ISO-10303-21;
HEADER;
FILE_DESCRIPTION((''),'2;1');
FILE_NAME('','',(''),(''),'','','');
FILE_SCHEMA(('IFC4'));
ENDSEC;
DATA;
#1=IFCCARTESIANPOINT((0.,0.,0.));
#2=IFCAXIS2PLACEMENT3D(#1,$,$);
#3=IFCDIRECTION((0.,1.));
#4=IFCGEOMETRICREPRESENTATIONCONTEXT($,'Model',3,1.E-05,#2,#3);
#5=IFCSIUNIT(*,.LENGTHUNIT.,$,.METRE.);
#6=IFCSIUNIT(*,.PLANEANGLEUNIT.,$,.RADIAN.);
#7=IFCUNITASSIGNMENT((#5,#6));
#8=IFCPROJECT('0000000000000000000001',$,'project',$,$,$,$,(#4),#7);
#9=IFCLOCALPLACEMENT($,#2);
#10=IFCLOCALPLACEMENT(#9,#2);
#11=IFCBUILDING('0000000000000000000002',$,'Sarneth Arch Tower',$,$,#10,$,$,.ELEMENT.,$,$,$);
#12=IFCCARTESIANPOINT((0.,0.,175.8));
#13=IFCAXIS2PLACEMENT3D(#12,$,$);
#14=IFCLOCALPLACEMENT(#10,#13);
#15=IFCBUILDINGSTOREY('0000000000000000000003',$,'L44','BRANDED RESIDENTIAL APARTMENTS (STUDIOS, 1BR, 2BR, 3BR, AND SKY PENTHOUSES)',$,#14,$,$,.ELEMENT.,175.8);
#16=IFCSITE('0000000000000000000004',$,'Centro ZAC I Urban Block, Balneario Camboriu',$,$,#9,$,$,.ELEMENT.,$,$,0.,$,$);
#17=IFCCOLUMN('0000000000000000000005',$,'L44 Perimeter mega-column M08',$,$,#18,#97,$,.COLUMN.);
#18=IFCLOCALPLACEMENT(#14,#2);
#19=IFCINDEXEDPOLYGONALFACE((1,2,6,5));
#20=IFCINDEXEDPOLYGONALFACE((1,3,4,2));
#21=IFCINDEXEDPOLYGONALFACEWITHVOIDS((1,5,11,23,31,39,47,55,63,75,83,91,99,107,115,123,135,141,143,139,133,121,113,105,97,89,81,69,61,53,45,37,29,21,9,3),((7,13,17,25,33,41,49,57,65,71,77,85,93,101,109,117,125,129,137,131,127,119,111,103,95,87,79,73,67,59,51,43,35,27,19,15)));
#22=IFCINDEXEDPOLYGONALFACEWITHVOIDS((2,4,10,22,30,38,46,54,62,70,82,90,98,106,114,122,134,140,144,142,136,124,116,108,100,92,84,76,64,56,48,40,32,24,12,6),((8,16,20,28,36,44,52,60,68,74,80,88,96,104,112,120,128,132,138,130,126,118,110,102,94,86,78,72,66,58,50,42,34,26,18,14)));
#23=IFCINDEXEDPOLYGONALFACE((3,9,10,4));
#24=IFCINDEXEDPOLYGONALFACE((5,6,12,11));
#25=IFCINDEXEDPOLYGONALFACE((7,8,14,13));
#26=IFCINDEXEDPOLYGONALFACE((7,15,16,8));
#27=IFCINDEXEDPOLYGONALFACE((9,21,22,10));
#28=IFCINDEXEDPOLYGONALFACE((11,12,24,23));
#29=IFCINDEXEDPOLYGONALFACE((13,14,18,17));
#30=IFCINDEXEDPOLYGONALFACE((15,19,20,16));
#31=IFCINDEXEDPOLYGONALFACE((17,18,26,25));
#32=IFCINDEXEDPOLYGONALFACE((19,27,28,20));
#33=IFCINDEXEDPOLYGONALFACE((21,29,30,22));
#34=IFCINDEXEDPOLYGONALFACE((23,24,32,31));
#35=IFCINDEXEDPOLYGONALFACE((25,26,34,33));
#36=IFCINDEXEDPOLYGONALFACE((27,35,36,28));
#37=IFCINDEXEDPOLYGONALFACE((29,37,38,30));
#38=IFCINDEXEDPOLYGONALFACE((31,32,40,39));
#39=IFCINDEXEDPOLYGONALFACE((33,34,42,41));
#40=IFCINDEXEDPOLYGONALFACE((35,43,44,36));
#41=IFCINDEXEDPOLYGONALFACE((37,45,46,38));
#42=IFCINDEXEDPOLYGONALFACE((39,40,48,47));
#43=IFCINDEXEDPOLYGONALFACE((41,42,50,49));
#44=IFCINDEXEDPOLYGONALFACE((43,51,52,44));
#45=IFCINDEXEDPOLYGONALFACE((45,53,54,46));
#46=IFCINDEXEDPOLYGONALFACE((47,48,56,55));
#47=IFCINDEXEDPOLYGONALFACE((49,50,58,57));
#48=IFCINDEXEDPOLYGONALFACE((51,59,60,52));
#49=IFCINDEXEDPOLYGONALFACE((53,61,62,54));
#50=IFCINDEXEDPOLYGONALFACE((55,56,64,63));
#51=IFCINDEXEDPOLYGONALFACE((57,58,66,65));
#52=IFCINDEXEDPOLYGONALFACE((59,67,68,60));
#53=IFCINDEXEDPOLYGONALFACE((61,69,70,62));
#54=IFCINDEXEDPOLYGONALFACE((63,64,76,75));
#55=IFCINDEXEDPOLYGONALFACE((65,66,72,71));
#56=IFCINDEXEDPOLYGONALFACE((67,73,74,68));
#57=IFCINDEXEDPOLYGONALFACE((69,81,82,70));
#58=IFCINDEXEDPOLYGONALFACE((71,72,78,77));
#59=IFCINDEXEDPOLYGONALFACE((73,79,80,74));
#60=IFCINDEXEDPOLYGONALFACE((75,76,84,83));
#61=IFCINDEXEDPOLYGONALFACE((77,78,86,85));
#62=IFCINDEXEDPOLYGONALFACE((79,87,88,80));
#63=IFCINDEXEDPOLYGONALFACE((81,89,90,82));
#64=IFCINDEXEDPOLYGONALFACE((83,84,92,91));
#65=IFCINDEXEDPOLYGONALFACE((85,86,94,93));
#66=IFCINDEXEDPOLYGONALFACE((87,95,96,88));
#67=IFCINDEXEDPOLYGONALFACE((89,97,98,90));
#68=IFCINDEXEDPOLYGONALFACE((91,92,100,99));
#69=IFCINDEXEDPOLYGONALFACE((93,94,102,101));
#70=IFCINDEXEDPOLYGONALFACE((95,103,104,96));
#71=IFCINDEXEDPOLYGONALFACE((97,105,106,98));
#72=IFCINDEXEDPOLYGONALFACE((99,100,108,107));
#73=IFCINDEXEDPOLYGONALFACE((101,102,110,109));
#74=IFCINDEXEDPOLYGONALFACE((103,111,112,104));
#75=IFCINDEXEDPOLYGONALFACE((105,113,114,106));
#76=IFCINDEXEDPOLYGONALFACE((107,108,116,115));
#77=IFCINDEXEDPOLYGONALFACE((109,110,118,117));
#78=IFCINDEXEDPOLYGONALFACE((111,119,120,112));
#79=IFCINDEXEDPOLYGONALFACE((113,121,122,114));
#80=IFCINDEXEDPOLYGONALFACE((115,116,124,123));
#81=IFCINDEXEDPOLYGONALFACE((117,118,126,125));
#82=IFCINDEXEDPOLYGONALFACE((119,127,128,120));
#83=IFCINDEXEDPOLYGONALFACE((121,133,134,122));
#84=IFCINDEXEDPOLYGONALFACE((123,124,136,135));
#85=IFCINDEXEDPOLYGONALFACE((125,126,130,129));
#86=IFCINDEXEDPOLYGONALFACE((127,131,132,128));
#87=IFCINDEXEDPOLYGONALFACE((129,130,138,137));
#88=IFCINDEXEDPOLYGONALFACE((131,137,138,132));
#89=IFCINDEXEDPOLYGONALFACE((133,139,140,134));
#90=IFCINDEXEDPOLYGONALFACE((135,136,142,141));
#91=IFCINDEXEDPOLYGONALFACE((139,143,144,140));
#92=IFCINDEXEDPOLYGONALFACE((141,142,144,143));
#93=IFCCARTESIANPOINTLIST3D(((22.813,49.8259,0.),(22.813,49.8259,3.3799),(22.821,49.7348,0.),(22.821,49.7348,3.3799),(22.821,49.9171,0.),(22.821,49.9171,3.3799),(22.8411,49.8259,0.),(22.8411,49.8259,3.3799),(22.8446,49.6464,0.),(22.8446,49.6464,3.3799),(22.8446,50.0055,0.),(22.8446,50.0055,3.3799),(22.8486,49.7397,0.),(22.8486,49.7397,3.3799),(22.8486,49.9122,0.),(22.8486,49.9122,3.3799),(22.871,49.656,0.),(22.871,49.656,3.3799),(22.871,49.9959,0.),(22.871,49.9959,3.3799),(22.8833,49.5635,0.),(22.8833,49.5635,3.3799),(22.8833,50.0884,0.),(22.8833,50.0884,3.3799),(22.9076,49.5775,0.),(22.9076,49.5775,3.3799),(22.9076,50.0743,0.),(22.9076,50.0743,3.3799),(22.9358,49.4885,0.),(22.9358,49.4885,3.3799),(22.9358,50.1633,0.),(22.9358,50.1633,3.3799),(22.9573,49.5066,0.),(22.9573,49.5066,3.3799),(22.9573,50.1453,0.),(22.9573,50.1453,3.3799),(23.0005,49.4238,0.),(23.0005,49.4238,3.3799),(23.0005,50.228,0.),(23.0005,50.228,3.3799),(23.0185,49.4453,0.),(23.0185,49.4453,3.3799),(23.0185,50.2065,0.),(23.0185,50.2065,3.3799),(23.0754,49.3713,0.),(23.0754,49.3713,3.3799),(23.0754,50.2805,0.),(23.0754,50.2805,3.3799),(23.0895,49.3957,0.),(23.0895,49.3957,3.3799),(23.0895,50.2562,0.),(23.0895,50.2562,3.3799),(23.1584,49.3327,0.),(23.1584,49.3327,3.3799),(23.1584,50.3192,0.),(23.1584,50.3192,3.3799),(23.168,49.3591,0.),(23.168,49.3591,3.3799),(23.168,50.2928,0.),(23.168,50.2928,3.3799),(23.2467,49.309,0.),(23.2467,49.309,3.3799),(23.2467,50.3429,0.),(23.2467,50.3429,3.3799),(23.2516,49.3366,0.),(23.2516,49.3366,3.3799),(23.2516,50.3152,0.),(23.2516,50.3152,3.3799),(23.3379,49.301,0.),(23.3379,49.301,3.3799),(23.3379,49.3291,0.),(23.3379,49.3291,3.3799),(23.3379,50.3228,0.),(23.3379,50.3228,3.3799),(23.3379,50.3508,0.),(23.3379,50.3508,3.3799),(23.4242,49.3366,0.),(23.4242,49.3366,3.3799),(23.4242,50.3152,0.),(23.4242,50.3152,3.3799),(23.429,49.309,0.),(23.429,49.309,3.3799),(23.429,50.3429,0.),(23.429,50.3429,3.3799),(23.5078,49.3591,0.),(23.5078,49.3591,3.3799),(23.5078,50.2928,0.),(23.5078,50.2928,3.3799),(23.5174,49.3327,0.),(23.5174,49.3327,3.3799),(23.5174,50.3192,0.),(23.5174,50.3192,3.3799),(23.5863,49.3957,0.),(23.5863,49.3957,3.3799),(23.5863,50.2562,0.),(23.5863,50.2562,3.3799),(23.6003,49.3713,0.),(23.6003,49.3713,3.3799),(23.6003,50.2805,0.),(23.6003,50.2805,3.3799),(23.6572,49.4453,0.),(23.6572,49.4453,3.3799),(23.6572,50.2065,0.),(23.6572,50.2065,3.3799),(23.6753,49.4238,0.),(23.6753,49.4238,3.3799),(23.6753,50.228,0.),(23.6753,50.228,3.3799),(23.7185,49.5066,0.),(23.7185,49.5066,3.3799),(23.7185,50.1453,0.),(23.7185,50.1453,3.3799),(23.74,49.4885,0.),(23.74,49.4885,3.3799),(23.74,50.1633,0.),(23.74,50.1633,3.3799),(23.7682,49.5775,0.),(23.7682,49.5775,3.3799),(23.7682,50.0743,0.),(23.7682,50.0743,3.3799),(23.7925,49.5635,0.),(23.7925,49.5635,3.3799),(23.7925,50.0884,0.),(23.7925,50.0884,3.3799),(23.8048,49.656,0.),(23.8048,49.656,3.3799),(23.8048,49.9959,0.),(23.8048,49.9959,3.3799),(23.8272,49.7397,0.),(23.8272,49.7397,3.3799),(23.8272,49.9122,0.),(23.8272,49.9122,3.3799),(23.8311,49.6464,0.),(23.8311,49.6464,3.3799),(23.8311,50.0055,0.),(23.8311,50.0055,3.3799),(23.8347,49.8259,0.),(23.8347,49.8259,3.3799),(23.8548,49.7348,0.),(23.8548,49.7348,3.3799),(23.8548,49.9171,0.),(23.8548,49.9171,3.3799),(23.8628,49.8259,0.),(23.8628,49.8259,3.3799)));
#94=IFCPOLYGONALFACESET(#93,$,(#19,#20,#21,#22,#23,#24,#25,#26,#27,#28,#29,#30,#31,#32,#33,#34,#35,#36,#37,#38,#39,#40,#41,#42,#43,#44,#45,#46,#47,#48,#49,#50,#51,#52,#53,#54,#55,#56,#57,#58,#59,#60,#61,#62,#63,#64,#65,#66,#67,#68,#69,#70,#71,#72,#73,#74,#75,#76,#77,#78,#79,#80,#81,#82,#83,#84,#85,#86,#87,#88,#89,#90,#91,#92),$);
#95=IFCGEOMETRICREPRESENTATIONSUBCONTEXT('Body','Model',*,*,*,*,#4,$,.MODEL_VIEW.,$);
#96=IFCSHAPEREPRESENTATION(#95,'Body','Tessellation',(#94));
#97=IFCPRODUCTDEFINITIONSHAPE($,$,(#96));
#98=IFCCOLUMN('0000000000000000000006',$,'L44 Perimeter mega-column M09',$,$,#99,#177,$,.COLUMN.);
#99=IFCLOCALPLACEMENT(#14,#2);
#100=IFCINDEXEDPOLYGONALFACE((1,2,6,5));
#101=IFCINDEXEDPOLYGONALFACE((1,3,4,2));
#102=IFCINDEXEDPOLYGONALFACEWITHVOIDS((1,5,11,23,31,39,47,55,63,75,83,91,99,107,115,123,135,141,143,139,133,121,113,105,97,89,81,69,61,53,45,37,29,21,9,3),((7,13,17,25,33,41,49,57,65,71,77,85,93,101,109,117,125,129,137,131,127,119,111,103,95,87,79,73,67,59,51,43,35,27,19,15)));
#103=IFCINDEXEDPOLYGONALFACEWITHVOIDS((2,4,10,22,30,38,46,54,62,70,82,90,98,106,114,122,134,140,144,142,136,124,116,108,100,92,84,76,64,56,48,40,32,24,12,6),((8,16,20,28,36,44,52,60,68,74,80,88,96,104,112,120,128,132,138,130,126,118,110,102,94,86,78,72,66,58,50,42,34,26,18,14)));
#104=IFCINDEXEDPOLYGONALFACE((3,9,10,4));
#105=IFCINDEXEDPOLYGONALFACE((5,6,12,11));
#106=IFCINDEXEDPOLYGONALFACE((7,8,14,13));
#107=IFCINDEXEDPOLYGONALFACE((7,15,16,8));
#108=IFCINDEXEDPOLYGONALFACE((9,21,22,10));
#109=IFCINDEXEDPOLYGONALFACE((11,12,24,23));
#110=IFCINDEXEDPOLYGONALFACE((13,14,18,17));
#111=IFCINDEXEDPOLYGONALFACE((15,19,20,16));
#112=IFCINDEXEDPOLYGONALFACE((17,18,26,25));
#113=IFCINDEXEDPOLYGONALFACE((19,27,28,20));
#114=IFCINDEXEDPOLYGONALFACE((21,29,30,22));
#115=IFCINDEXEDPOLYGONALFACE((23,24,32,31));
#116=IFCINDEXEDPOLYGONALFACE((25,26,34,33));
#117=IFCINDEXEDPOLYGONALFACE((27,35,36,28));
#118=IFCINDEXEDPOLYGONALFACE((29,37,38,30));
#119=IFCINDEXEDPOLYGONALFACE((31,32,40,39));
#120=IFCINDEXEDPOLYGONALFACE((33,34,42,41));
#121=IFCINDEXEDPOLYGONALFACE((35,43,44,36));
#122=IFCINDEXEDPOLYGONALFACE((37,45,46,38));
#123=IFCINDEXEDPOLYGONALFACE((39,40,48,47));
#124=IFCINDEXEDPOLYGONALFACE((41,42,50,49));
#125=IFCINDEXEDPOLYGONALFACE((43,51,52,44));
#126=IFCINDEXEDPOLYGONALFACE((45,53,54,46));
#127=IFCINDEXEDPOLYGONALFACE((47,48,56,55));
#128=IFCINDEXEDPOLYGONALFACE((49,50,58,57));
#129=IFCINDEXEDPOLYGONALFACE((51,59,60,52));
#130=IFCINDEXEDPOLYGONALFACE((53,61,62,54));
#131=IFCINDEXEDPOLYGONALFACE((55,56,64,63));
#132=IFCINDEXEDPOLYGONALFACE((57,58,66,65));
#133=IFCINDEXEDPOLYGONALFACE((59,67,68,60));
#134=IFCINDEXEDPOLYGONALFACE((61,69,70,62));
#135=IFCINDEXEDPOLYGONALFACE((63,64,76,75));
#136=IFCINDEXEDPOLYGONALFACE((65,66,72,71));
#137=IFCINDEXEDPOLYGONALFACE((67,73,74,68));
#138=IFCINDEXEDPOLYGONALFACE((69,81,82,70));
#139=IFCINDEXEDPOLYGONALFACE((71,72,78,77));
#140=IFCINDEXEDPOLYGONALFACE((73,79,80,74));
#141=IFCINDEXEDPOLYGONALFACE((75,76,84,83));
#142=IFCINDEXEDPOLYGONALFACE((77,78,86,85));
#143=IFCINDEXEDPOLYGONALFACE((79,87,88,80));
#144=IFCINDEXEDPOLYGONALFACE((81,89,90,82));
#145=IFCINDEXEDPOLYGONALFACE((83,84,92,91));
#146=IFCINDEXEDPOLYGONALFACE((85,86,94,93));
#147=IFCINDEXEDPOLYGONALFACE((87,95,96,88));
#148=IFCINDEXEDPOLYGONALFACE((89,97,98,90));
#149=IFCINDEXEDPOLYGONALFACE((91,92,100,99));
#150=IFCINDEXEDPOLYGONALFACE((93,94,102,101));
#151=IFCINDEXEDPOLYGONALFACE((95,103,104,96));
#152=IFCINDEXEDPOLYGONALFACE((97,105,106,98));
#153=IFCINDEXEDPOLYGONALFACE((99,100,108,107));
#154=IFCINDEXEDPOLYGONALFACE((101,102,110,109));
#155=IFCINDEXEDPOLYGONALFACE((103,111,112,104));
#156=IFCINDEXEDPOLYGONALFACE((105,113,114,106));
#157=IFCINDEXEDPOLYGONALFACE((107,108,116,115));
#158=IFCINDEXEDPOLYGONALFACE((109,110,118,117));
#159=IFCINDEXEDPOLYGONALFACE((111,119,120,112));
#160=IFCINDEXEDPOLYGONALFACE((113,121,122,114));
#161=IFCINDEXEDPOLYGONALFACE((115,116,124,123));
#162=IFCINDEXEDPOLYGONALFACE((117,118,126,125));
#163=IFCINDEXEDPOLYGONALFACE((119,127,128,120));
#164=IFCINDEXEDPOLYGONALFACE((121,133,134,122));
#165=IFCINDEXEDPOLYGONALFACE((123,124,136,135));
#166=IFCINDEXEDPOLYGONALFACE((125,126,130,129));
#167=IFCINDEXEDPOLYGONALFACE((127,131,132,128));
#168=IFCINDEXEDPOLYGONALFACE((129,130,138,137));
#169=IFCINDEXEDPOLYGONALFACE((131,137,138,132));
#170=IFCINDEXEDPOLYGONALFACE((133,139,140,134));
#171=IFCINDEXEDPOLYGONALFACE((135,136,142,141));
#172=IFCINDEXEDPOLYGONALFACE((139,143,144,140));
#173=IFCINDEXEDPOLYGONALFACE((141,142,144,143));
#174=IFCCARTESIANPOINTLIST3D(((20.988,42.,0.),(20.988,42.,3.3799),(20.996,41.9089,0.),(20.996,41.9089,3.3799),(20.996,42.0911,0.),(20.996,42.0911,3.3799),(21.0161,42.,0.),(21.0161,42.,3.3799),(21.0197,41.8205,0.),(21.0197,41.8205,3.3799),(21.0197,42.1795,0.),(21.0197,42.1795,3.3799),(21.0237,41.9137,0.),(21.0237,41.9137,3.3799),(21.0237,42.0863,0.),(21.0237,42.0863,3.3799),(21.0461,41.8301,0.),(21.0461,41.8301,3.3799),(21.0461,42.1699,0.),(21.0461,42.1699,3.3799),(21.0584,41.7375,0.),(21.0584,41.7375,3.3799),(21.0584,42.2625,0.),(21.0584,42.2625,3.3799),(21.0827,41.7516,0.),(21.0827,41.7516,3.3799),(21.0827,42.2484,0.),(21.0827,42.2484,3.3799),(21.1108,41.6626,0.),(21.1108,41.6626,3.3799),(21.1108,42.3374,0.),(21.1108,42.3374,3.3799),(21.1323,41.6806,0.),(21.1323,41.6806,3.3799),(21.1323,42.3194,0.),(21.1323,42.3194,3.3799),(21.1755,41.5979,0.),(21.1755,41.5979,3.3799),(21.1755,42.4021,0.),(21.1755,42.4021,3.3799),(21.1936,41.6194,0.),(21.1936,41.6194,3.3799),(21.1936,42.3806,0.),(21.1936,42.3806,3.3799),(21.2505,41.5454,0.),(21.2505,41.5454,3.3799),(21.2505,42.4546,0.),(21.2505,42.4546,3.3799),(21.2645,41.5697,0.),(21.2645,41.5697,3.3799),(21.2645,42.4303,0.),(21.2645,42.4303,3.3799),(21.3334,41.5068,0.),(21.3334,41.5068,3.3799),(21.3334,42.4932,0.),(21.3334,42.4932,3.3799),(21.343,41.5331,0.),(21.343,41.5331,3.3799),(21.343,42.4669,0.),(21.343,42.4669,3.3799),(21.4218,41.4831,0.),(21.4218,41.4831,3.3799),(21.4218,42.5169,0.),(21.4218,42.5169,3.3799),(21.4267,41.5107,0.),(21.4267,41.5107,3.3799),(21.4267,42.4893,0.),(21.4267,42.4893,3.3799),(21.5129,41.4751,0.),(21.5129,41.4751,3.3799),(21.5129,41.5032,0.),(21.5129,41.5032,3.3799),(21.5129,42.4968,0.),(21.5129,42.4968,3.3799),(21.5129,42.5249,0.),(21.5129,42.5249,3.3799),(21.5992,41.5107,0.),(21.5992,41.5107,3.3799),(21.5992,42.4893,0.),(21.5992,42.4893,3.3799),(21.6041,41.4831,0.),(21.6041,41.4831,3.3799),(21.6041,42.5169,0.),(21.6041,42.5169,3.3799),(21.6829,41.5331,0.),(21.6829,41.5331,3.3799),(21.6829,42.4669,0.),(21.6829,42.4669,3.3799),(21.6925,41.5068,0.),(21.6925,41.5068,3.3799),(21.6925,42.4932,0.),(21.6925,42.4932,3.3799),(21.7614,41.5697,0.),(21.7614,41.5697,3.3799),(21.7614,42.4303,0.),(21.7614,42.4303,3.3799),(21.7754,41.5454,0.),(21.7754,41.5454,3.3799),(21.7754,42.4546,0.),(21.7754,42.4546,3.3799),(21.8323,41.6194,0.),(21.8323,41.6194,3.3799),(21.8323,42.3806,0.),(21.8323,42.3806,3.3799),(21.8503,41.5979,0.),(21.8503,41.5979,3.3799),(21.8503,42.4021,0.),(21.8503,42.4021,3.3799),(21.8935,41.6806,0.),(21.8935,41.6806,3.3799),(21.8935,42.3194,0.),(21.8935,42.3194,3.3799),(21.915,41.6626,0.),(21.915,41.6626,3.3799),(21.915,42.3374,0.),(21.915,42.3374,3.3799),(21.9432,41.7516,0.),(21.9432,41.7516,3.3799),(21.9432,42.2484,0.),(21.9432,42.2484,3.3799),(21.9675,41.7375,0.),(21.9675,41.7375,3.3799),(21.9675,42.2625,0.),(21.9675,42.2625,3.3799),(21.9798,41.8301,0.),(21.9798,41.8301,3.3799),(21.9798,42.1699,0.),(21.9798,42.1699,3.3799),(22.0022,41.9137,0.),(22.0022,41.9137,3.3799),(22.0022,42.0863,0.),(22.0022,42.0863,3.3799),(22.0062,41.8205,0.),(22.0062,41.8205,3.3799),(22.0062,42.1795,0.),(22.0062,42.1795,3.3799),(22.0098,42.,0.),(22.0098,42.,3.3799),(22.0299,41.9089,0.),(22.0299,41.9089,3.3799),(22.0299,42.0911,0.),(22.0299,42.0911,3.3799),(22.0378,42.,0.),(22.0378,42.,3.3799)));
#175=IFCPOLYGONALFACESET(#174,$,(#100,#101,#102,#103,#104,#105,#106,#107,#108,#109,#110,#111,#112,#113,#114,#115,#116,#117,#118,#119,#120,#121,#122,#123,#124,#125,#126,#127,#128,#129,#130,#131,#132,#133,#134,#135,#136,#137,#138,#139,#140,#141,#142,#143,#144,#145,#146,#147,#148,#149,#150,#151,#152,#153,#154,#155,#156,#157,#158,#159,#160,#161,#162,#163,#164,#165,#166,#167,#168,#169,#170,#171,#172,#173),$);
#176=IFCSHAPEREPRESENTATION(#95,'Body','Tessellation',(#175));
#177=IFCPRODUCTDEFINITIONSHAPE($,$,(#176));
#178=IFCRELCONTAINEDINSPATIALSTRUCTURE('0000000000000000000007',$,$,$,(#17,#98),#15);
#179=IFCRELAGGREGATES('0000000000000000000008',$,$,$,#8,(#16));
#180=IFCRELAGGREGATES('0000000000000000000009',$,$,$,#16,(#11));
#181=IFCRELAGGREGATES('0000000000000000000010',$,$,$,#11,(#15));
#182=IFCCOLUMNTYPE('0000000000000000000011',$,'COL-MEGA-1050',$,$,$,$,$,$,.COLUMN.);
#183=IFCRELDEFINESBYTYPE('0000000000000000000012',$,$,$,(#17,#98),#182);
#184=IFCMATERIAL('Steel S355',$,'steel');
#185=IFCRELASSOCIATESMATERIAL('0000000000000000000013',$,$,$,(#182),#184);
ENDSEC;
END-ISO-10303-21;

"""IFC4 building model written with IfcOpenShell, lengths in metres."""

from ifc_helpers import new_model, si_unit, direction, frame, origin, origin_2d, place, context, subcontext, project, spatial, hollow_circle, extrude, material, material_profile, profile_set, type_object, element, save


model = new_model("IFC4")

# Units and contexts
model_context = context("Model", 3, precision=1e-05, world=origin(), true_north=direction((0.0, 1.0)))
body_context = subcontext(model_context, "Body", "Model", "MODEL_VIEW")
ifc_project = project(units=[si_unit("LENGTHUNIT", "METRE"), si_unit("PLANEANGLEUNIT", "RADIAN")], contexts=[model_context])

# Site, building, storey
site_placement = place(None, origin())
site = spatial("IfcSite", under=ifc_project, at=site_placement, Name="Centro ZAC I Urban Block, Balneario Camboriu", CompositionType="ELEMENT", RefElevation=0.0)
building_placement = place(site_placement, origin())
building = spatial("IfcBuilding", under=site, at=building_placement, Name="Sarneth Arch Tower", CompositionType="ELEMENT")
storey_placement = place(building_placement, frame((0.0, 0.0, 175.8)))
storey = spatial("IfcBuildingStorey", under=building, at=storey_placement, Name="L44", Description="BRANDED RESIDENTIAL APARTMENTS (STUDIOS, 1BR, 2BR, 3BR, AND SKY PENTHOUSES)", CompositionType="ELEMENT", Elevation=175.8)

# Columns
ifc_material_1 = material(Name="Steel S355", Category="steel")
ifc_material_profile_1 = material_profile(ifc_material_1, hollow_circle(Radius=0.5249, WallThickness=0.0281, at=origin_2d()), Name="CHS1050x28")
ifc_profile_set_1 = profile_set([ifc_material_profile_1], Name="Steel S355")
column_type = type_object("IfcColumnType", Name="COL-MEGA-1050", PredefinedType="COLUMN", material=ifc_profile_set_1)
for number, where, z_axis, x_axis, name in (
    (1, (23.3379, 49.8259, 0.0), (0.0, 0.0, 1.0), (1.0, 0.0, 0.0), "L44 Perimeter mega-column M08"),
    (2, (21.5129, 42.0, 0.0), (0.0, 0.0, 1.0), (1.0, 0.0, 0.0), "L44 Perimeter mega-column M09"),
):
    element("IfcColumn", number, at=place(storey_placement, frame(where, z_axis=z_axis, x_axis=x_axis)), inside=storey, type_object=column_type, Name=name, PredefinedType="COLUMN", context=body_context, shape_type="SweptSolid", body=[
        extrude(hollow_circle(Radius=0.5249, WallThickness=0.0281, at=origin_2d()), origin(), (0.0, 0.0, 1.0), 3.3799),
    ])

save(model, "model.ifc")
